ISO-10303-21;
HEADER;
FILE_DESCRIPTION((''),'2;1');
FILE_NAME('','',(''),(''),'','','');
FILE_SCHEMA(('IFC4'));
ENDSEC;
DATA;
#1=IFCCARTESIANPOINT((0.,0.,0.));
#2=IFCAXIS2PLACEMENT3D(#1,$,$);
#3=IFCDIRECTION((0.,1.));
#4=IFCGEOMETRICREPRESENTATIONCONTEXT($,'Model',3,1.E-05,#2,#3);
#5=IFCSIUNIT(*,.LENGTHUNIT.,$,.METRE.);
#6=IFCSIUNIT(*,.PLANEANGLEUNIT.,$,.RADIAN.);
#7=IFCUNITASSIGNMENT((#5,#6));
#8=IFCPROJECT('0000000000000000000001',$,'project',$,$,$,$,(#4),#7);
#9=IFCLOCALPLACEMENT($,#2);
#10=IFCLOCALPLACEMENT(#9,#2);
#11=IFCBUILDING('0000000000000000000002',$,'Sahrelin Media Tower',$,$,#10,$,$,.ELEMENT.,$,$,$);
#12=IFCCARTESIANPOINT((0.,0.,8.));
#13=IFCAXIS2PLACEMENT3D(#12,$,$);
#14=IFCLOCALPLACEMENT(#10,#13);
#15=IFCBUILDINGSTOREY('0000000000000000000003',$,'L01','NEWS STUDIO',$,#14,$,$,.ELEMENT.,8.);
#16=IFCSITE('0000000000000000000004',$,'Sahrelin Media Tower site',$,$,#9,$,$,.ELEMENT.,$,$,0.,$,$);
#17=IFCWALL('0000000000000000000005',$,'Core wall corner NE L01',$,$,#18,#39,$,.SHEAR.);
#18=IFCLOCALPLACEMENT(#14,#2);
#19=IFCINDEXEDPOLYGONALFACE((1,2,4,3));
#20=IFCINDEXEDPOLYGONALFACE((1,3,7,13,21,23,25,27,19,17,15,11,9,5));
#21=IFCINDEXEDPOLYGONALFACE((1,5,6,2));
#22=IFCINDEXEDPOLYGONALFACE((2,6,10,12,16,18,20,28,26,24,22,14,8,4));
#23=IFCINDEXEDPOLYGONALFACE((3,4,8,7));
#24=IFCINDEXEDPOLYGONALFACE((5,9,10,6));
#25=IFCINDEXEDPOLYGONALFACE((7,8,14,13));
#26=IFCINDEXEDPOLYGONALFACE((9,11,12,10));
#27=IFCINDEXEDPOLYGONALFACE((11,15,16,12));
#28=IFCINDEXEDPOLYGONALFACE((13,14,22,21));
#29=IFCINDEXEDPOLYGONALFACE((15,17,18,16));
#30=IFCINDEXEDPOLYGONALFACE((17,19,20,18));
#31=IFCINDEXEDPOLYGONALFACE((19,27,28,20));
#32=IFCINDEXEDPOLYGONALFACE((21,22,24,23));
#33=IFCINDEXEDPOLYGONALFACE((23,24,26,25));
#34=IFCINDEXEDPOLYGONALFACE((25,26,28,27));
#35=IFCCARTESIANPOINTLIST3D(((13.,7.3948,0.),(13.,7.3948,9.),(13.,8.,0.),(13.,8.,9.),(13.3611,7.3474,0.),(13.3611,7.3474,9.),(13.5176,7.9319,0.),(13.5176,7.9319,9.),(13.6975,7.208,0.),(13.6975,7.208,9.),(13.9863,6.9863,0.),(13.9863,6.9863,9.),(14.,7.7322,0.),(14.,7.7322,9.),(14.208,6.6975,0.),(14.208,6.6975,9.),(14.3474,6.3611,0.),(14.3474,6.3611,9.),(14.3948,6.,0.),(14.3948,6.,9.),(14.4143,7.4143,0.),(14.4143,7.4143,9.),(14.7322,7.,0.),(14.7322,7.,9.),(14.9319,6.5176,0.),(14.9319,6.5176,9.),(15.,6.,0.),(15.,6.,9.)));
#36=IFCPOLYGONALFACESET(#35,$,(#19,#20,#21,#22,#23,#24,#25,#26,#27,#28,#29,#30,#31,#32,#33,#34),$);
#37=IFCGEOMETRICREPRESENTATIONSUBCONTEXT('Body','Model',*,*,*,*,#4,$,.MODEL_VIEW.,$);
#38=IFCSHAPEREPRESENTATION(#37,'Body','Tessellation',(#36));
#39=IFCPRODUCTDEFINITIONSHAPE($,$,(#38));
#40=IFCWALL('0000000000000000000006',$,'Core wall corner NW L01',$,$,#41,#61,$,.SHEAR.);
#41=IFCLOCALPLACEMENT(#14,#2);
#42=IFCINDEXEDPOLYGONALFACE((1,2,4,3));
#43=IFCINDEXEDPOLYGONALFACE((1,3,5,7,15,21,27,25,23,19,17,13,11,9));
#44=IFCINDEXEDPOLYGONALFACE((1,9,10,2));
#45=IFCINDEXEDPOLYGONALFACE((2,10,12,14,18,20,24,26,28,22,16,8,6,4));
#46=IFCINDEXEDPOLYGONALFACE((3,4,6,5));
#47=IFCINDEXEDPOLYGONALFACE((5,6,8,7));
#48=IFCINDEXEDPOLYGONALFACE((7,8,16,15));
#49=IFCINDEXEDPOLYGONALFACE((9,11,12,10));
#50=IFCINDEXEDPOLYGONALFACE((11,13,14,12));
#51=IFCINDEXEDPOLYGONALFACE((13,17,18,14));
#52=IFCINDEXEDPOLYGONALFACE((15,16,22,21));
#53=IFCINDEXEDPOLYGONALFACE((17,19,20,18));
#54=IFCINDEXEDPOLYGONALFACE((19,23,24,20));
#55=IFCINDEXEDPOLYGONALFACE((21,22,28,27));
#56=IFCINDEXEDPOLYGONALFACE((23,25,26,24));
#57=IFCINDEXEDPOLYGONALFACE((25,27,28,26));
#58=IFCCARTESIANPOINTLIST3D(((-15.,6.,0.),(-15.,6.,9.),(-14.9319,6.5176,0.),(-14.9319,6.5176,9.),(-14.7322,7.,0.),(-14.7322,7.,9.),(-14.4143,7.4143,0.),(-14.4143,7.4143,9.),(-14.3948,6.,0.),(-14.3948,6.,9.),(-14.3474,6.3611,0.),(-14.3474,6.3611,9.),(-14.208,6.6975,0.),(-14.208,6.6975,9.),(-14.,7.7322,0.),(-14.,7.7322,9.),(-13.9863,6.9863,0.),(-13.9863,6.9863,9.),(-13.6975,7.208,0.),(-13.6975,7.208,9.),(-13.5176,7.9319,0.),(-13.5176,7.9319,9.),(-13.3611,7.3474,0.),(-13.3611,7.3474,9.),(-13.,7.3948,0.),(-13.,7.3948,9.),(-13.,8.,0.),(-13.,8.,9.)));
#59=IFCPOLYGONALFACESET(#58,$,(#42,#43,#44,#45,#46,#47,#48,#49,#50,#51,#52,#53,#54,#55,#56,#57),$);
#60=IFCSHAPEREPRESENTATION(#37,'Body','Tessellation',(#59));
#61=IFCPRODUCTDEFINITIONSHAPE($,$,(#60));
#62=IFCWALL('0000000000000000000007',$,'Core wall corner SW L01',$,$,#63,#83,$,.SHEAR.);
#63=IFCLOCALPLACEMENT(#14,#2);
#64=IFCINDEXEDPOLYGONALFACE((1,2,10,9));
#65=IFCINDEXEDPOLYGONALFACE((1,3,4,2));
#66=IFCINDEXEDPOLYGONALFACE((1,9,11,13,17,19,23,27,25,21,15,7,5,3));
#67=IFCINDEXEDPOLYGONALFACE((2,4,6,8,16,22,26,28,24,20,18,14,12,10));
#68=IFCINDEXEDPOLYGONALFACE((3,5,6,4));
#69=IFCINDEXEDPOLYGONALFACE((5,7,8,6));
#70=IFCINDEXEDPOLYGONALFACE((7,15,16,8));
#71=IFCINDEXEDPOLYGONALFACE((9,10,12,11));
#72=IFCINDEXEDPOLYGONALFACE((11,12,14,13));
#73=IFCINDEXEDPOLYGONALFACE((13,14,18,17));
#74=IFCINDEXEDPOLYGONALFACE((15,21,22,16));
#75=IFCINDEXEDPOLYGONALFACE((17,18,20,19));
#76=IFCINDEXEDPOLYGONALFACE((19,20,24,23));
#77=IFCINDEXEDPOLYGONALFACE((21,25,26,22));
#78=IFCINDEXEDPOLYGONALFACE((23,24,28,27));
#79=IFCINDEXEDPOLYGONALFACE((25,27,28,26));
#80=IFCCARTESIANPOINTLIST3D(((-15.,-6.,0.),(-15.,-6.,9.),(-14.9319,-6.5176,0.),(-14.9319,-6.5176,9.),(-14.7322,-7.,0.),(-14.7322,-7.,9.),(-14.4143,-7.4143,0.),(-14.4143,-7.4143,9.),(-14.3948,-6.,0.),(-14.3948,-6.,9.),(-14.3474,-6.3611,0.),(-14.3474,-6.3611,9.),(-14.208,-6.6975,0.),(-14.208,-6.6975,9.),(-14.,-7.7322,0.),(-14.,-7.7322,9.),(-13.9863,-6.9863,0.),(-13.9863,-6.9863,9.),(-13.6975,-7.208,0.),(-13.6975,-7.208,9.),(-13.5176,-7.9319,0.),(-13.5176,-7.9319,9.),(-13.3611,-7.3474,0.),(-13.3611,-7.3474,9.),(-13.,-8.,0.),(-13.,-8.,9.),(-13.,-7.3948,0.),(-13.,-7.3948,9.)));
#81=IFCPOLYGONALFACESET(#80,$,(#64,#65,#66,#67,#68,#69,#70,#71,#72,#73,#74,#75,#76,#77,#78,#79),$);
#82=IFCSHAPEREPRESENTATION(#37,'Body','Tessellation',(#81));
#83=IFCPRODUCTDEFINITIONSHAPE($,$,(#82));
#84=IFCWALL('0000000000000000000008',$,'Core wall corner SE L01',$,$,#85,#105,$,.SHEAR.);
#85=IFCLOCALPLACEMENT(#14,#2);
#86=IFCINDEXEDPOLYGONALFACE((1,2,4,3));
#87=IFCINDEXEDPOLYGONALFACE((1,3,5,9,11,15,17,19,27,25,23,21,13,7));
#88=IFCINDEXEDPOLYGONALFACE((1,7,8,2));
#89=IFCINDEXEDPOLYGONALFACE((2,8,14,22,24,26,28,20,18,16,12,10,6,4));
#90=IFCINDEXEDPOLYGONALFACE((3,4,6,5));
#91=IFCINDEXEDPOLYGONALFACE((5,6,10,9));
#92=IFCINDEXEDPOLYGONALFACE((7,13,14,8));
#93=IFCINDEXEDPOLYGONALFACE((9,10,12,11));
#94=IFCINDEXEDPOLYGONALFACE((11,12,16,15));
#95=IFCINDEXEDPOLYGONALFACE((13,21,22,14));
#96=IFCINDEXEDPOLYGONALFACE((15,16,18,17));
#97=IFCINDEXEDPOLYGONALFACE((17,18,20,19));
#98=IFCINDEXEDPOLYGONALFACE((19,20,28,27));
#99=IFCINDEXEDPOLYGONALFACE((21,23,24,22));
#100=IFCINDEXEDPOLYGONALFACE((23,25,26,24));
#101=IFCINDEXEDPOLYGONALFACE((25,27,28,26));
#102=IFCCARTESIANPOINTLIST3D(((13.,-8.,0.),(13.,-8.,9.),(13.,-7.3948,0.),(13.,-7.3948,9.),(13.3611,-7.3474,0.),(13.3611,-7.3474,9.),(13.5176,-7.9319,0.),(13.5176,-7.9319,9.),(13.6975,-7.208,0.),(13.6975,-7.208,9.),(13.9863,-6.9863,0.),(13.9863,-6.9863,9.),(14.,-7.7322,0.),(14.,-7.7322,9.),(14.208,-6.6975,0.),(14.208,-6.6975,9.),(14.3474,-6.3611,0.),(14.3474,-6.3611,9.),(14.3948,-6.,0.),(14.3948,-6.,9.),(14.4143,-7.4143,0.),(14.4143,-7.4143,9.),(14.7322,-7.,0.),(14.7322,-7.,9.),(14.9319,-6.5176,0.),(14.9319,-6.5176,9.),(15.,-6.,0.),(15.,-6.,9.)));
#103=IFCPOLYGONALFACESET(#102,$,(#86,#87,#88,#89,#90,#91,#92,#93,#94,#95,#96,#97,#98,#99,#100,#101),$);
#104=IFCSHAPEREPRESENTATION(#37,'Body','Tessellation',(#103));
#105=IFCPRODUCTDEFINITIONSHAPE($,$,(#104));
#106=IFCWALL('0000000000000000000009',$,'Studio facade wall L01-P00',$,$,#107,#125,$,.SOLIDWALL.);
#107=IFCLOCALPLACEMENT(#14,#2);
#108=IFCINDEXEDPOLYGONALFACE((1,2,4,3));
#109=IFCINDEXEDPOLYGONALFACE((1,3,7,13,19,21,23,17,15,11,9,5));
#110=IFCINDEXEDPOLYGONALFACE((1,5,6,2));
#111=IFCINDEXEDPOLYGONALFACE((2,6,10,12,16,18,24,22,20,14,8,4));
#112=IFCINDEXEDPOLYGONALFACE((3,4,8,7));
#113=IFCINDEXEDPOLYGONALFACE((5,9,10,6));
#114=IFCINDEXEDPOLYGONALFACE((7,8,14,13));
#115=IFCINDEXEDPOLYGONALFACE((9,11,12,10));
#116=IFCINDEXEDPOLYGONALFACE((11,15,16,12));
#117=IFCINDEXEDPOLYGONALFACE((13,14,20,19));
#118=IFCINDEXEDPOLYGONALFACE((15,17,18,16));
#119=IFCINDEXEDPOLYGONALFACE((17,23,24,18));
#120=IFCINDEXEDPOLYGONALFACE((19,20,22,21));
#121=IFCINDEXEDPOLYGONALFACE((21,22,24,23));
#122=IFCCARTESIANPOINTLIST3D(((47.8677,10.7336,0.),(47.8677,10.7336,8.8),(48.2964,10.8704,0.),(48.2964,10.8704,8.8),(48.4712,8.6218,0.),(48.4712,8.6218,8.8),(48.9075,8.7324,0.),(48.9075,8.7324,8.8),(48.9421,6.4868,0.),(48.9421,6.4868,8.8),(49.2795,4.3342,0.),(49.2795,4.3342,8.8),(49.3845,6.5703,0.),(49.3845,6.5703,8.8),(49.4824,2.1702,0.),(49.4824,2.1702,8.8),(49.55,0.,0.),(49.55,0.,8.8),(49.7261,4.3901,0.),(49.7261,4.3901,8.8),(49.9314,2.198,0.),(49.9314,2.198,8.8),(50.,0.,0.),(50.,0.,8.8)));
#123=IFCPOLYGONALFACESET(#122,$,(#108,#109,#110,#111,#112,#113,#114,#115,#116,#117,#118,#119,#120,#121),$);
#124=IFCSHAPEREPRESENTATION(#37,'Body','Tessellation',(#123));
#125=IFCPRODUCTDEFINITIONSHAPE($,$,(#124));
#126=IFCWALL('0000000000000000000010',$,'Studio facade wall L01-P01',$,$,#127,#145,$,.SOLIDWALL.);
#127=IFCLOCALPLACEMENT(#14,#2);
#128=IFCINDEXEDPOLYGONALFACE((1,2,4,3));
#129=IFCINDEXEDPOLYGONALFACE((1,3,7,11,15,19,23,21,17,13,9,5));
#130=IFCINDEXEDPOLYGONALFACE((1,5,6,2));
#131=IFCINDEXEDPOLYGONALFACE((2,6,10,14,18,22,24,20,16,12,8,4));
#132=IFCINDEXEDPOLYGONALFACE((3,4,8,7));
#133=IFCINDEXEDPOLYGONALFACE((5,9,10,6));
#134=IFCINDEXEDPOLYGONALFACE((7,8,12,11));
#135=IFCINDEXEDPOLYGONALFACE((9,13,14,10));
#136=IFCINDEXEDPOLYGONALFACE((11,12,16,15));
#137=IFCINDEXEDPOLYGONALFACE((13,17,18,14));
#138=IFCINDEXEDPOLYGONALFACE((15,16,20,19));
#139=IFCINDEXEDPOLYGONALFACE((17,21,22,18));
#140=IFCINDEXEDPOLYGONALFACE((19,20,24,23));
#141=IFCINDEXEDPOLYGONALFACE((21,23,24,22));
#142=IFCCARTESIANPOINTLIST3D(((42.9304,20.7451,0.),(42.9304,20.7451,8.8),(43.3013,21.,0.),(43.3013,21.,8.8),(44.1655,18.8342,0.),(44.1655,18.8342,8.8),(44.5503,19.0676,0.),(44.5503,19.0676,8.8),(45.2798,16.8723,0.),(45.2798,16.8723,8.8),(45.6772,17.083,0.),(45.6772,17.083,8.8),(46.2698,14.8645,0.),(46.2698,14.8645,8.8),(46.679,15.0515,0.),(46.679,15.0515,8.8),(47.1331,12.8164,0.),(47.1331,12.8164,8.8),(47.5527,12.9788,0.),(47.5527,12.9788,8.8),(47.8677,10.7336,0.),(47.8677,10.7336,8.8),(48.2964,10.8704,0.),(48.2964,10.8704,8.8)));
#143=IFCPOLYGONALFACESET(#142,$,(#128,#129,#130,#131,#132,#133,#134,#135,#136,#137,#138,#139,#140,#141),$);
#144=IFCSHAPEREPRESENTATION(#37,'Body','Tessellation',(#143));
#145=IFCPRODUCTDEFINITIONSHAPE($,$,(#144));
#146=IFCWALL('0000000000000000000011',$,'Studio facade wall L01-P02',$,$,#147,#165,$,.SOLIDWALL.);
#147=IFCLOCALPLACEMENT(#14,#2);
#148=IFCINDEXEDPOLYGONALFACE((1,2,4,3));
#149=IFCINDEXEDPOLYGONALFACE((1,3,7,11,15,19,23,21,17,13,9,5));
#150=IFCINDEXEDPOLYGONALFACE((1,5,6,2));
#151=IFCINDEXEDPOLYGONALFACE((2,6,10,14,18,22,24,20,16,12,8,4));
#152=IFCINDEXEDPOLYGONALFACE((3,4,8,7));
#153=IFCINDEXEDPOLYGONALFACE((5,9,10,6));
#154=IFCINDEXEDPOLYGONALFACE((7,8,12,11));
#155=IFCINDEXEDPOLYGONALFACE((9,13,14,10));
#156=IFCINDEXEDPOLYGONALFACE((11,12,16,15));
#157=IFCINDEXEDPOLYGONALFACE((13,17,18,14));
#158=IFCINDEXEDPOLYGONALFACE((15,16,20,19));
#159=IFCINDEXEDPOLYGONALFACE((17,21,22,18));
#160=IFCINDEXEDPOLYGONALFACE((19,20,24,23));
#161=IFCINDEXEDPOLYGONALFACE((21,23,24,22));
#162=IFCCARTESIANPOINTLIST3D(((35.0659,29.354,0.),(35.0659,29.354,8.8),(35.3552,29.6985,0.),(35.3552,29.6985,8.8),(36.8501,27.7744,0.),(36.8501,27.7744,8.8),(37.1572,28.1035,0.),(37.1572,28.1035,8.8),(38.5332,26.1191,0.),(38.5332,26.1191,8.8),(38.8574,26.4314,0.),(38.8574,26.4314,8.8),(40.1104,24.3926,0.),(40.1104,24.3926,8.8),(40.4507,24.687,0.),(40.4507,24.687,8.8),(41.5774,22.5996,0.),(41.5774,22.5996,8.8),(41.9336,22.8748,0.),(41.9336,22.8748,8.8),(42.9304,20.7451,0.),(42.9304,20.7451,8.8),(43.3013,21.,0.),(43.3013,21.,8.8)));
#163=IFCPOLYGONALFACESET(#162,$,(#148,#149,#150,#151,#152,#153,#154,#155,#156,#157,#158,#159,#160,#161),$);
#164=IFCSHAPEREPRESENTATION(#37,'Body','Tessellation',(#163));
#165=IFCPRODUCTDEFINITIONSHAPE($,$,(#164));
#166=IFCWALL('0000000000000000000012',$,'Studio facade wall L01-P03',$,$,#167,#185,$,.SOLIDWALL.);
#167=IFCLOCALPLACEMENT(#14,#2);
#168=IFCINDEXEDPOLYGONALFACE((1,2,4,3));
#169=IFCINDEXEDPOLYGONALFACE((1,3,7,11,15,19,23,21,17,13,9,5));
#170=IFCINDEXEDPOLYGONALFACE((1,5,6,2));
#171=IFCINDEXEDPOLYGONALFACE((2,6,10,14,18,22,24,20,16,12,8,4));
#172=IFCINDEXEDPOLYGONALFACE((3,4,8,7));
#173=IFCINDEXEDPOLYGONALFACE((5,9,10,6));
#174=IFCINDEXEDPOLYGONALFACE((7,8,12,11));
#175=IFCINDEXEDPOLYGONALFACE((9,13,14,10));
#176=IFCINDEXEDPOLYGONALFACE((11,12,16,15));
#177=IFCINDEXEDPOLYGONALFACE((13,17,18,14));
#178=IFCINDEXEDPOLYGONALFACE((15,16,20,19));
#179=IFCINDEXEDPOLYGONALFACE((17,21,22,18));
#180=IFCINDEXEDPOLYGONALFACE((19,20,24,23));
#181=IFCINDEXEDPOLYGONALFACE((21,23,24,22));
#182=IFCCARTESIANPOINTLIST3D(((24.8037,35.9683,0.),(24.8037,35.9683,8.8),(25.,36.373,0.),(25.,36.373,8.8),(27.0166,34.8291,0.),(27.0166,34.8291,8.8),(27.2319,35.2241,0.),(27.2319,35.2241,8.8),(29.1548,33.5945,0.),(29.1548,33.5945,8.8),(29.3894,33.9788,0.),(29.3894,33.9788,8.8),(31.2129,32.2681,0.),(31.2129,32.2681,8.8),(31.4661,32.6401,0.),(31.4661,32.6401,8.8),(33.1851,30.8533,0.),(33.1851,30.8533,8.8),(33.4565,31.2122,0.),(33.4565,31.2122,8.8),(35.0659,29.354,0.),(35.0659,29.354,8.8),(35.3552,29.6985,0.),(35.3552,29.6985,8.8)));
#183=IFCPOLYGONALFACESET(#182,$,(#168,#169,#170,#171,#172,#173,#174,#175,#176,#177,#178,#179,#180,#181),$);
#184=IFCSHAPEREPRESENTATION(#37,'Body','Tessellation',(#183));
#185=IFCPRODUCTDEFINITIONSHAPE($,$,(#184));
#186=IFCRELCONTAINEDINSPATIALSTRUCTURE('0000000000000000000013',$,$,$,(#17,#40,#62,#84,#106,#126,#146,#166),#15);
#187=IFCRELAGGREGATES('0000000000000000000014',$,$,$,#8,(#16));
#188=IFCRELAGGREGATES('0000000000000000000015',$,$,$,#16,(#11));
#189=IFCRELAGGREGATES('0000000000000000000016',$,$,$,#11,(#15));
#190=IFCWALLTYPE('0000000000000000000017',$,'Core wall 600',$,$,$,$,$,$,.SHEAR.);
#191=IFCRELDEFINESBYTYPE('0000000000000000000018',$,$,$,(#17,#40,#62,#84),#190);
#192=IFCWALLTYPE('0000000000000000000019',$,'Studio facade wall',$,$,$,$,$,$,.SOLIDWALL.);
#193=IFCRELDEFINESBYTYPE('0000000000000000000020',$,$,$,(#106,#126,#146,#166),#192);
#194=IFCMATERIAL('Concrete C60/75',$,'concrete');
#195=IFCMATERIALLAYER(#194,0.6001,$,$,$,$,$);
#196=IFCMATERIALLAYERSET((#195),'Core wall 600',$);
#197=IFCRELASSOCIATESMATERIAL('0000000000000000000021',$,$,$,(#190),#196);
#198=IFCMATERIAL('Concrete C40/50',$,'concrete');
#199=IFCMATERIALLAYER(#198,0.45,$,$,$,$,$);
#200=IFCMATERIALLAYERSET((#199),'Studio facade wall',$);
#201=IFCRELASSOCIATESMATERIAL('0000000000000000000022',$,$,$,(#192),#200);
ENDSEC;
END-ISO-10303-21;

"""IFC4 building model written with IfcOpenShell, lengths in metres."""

from ifc_helpers import new_model, si_unit, direction, frame, origin, place, context, subcontext, project, spatial, polyline, outline, extrude, material, layer, layer_set, type_object, element, save


model = new_model("IFC4")

# Units and contexts
model_context = context("Model", 3, precision=1e-05, world=origin(), true_north=direction((0.0, 1.0)))
body_context = subcontext(model_context, "Body", "Model", "MODEL_VIEW")
ifc_project = project(units=[si_unit("LENGTHUNIT", "METRE"), si_unit("PLANEANGLEUNIT", "RADIAN")], contexts=[model_context])

# Site, building, storey
site_placement = place(None, origin())
site = spatial("IfcSite", under=ifc_project, at=site_placement, Name="Sahrelin Media Tower site", CompositionType="ELEMENT", RefElevation=0.0)
building_placement = place(site_placement, origin())
building = spatial("IfcBuilding", under=site, at=building_placement, Name="Sahrelin Media Tower", CompositionType="ELEMENT")
storey_placement = place(building_placement, frame((0.0, 0.0, 8.0)))
storey = spatial("IfcBuildingStorey", under=building, at=storey_placement, Name="L01", Description="NEWS STUDIO", CompositionType="ELEMENT", Elevation=8.0)

# Shared definitions
ifc_material_1 = material(Name="Concrete C40/50", Category="concrete")

# Walls
ifc_material_2 = material(Name="Concrete C60/75", Category="concrete")
ifc_layer_1 = layer(ifc_material_2, 0.6001)
ifc_layer_set_1 = layer_set([ifc_layer_1], Name="Core wall 600")
wall_type_1 = type_object("IfcWallType", Name="Core wall 600", PredefinedType="SHEAR", material=ifc_layer_set_1)
placement = place(storey_placement, origin())
element("IfcWall", 1, at=placement, inside=storey, type_object=wall_type_1, Name="Core wall corner NE L01", PredefinedType="SHEAR", context=body_context, shape_type="SweptSolid", body=[
    extrude(outline(polyline([(13.0, 8.0), (13.0, 7.3948), (13.3611, 7.3474), (13.6975, 7.208), (13.9863, 6.9863), (14.208, 6.6975), (14.3474, 6.3611), (14.3948, 6.0), (15.0, 6.0), (14.9319, 6.5176), (14.7322, 7.0), (14.4143, 7.4143), (14.0, 7.7322), (13.5176, 7.9319), (13.0, 8.0)])), origin(), (0.0, 0.0, 1.0), 9.0),
])
element("IfcWall", 2, at=placement, inside=storey, type_object=wall_type_1, Name="Core wall corner NW L01", PredefinedType="SHEAR", context=body_context, shape_type="SweptSolid", body=[
    extrude(outline(polyline([(-15.0, 6.0), (-14.3948, 6.0), (-14.3474, 6.3611), (-14.208, 6.6975), (-13.9863, 6.9863), (-13.6975, 7.208), (-13.3611, 7.3474), (-13.0, 7.3948), (-13.0, 8.0), (-13.5176, 7.9319), (-14.0, 7.7322), (-14.4143, 7.4143), (-14.7322, 7.0), (-14.9319, 6.5176), (-15.0, 6.0)])), origin(), (0.0, 0.0, 1.0), 9.0),
])
element("IfcWall", 3, at=placement, inside=storey, type_object=wall_type_1, Name="Core wall corner SW L01", PredefinedType="SHEAR", context=body_context, shape_type="SweptSolid", body=[
    extrude(outline(polyline([(-13.0, -8.0), (-13.0, -7.3948), (-13.3611, -7.3474), (-13.6975, -7.208), (-13.9863, -6.9863), (-14.208, -6.6975), (-14.3474, -6.3611), (-14.3948, -6.0), (-15.0, -6.0), (-14.9319, -6.5176), (-14.7322, -7.0), (-14.4143, -7.4143), (-14.0, -7.7322), (-13.5176, -7.9319), (-13.0, -8.0)])), origin(), (0.0, 0.0, 1.0), 9.0),
])
element("IfcWall", 4, at=placement, inside=storey, type_object=wall_type_1, Name="Core wall corner SE L01", PredefinedType="SHEAR", context=body_context, shape_type="SweptSolid", body=[
    extrude(outline(polyline([(15.0, -6.0), (14.3948, -6.0), (14.3474, -6.3611), (14.208, -6.6975), (13.9863, -6.9863), (13.6975, -7.208), (13.3611, -7.3474), (13.0, -7.3948), (13.0, -8.0), (13.5176, -7.9319), (14.0, -7.7322), (14.4143, -7.4143), (14.7322, -7.0), (14.9319, -6.5176), (15.0, -6.0)])), origin(), (0.0, 0.0, 1.0), 9.0),
])
ifc_layer_2 = layer(ifc_material_1, 0.45)
ifc_layer_set_2 = layer_set([ifc_layer_2], Name="Studio facade wall")
wall_type_2 = type_object("IfcWallType", Name="Studio facade wall", PredefinedType="SOLIDWALL", material=ifc_layer_set_2)
element("IfcWall", 5, at=placement, inside=storey, type_object=wall_type_2, Name="Studio facade wall L01-P00", PredefinedType="SOLIDWALL", context=body_context, shape_type="SweptSolid", body=[
    extrude(outline(polyline([(50.0, 0.0), (49.9314, 2.198), (49.7261, 4.3901), (49.3845, 6.5703), (48.9075, 8.7324), (48.2964, 10.8704), (47.8677, 10.7336), (48.4712, 8.6218), (48.9421, 6.4868), (49.2795, 4.3342), (49.4824, 2.1702), (49.55, 0.0), (50.0, 0.0)])), origin(), (0.0, 0.0, 1.0), 8.8),
])
element("IfcWall", 6, at=placement, inside=storey, type_object=wall_type_2, Name="Studio facade wall L01-P01", PredefinedType="SOLIDWALL", context=body_context, shape_type="SweptSolid", body=[
    extrude(outline(polyline([(48.2964, 10.8704), (47.5527, 12.9788), (46.679, 15.0515), (45.6772, 17.083), (44.5503, 19.0676), (43.3013, 21.0), (42.9304, 20.7451), (44.1655, 18.8342), (45.2798, 16.8723), (46.2698, 14.8645), (47.1331, 12.8164), (47.8677, 10.7336), (48.2964, 10.8704)])), origin(), (0.0, 0.0, 1.0), 8.8),
])
element("IfcWall", 7, at=placement, inside=storey, type_object=wall_type_2, Name="Studio facade wall L01-P02", PredefinedType="SOLIDWALL", context=body_context, shape_type="SweptSolid", body=[
    extrude(outline(polyline([(43.3013, 21.0), (41.9336, 22.8748), (40.4507, 24.687), (38.8574, 26.4314), (37.1572, 28.1035), (35.3552, 29.6985), (35.0659, 29.354), (36.8501, 27.7744), (38.5332, 26.1191), (40.1104, 24.3926), (41.5774, 22.5996), (42.9304, 20.7451), (43.3013, 21.0)])), origin(), (0.0, 0.0, 1.0), 8.8),
])
element("IfcWall", 8, at=placement, inside=storey, type_object=wall_type_2, Name="Studio facade wall L01-P03", PredefinedType="SOLIDWALL", context=body_context, shape_type="SweptSolid", body=[
    extrude(outline(polyline([(35.3552, 29.6985), (33.4565, 31.2122), (31.4661, 32.6401), (29.3894, 33.9788), (27.2319, 35.2241), (25.0, 36.373), (24.8037, 35.9683), (27.0166, 34.8291), (29.1548, 33.5945), (31.2129, 32.2681), (33.1851, 30.8533), (35.0659, 29.354), (35.3552, 29.6985)])), origin(), (0.0, 0.0, 1.0), 8.8),
])

save(model, "model.ifc")
